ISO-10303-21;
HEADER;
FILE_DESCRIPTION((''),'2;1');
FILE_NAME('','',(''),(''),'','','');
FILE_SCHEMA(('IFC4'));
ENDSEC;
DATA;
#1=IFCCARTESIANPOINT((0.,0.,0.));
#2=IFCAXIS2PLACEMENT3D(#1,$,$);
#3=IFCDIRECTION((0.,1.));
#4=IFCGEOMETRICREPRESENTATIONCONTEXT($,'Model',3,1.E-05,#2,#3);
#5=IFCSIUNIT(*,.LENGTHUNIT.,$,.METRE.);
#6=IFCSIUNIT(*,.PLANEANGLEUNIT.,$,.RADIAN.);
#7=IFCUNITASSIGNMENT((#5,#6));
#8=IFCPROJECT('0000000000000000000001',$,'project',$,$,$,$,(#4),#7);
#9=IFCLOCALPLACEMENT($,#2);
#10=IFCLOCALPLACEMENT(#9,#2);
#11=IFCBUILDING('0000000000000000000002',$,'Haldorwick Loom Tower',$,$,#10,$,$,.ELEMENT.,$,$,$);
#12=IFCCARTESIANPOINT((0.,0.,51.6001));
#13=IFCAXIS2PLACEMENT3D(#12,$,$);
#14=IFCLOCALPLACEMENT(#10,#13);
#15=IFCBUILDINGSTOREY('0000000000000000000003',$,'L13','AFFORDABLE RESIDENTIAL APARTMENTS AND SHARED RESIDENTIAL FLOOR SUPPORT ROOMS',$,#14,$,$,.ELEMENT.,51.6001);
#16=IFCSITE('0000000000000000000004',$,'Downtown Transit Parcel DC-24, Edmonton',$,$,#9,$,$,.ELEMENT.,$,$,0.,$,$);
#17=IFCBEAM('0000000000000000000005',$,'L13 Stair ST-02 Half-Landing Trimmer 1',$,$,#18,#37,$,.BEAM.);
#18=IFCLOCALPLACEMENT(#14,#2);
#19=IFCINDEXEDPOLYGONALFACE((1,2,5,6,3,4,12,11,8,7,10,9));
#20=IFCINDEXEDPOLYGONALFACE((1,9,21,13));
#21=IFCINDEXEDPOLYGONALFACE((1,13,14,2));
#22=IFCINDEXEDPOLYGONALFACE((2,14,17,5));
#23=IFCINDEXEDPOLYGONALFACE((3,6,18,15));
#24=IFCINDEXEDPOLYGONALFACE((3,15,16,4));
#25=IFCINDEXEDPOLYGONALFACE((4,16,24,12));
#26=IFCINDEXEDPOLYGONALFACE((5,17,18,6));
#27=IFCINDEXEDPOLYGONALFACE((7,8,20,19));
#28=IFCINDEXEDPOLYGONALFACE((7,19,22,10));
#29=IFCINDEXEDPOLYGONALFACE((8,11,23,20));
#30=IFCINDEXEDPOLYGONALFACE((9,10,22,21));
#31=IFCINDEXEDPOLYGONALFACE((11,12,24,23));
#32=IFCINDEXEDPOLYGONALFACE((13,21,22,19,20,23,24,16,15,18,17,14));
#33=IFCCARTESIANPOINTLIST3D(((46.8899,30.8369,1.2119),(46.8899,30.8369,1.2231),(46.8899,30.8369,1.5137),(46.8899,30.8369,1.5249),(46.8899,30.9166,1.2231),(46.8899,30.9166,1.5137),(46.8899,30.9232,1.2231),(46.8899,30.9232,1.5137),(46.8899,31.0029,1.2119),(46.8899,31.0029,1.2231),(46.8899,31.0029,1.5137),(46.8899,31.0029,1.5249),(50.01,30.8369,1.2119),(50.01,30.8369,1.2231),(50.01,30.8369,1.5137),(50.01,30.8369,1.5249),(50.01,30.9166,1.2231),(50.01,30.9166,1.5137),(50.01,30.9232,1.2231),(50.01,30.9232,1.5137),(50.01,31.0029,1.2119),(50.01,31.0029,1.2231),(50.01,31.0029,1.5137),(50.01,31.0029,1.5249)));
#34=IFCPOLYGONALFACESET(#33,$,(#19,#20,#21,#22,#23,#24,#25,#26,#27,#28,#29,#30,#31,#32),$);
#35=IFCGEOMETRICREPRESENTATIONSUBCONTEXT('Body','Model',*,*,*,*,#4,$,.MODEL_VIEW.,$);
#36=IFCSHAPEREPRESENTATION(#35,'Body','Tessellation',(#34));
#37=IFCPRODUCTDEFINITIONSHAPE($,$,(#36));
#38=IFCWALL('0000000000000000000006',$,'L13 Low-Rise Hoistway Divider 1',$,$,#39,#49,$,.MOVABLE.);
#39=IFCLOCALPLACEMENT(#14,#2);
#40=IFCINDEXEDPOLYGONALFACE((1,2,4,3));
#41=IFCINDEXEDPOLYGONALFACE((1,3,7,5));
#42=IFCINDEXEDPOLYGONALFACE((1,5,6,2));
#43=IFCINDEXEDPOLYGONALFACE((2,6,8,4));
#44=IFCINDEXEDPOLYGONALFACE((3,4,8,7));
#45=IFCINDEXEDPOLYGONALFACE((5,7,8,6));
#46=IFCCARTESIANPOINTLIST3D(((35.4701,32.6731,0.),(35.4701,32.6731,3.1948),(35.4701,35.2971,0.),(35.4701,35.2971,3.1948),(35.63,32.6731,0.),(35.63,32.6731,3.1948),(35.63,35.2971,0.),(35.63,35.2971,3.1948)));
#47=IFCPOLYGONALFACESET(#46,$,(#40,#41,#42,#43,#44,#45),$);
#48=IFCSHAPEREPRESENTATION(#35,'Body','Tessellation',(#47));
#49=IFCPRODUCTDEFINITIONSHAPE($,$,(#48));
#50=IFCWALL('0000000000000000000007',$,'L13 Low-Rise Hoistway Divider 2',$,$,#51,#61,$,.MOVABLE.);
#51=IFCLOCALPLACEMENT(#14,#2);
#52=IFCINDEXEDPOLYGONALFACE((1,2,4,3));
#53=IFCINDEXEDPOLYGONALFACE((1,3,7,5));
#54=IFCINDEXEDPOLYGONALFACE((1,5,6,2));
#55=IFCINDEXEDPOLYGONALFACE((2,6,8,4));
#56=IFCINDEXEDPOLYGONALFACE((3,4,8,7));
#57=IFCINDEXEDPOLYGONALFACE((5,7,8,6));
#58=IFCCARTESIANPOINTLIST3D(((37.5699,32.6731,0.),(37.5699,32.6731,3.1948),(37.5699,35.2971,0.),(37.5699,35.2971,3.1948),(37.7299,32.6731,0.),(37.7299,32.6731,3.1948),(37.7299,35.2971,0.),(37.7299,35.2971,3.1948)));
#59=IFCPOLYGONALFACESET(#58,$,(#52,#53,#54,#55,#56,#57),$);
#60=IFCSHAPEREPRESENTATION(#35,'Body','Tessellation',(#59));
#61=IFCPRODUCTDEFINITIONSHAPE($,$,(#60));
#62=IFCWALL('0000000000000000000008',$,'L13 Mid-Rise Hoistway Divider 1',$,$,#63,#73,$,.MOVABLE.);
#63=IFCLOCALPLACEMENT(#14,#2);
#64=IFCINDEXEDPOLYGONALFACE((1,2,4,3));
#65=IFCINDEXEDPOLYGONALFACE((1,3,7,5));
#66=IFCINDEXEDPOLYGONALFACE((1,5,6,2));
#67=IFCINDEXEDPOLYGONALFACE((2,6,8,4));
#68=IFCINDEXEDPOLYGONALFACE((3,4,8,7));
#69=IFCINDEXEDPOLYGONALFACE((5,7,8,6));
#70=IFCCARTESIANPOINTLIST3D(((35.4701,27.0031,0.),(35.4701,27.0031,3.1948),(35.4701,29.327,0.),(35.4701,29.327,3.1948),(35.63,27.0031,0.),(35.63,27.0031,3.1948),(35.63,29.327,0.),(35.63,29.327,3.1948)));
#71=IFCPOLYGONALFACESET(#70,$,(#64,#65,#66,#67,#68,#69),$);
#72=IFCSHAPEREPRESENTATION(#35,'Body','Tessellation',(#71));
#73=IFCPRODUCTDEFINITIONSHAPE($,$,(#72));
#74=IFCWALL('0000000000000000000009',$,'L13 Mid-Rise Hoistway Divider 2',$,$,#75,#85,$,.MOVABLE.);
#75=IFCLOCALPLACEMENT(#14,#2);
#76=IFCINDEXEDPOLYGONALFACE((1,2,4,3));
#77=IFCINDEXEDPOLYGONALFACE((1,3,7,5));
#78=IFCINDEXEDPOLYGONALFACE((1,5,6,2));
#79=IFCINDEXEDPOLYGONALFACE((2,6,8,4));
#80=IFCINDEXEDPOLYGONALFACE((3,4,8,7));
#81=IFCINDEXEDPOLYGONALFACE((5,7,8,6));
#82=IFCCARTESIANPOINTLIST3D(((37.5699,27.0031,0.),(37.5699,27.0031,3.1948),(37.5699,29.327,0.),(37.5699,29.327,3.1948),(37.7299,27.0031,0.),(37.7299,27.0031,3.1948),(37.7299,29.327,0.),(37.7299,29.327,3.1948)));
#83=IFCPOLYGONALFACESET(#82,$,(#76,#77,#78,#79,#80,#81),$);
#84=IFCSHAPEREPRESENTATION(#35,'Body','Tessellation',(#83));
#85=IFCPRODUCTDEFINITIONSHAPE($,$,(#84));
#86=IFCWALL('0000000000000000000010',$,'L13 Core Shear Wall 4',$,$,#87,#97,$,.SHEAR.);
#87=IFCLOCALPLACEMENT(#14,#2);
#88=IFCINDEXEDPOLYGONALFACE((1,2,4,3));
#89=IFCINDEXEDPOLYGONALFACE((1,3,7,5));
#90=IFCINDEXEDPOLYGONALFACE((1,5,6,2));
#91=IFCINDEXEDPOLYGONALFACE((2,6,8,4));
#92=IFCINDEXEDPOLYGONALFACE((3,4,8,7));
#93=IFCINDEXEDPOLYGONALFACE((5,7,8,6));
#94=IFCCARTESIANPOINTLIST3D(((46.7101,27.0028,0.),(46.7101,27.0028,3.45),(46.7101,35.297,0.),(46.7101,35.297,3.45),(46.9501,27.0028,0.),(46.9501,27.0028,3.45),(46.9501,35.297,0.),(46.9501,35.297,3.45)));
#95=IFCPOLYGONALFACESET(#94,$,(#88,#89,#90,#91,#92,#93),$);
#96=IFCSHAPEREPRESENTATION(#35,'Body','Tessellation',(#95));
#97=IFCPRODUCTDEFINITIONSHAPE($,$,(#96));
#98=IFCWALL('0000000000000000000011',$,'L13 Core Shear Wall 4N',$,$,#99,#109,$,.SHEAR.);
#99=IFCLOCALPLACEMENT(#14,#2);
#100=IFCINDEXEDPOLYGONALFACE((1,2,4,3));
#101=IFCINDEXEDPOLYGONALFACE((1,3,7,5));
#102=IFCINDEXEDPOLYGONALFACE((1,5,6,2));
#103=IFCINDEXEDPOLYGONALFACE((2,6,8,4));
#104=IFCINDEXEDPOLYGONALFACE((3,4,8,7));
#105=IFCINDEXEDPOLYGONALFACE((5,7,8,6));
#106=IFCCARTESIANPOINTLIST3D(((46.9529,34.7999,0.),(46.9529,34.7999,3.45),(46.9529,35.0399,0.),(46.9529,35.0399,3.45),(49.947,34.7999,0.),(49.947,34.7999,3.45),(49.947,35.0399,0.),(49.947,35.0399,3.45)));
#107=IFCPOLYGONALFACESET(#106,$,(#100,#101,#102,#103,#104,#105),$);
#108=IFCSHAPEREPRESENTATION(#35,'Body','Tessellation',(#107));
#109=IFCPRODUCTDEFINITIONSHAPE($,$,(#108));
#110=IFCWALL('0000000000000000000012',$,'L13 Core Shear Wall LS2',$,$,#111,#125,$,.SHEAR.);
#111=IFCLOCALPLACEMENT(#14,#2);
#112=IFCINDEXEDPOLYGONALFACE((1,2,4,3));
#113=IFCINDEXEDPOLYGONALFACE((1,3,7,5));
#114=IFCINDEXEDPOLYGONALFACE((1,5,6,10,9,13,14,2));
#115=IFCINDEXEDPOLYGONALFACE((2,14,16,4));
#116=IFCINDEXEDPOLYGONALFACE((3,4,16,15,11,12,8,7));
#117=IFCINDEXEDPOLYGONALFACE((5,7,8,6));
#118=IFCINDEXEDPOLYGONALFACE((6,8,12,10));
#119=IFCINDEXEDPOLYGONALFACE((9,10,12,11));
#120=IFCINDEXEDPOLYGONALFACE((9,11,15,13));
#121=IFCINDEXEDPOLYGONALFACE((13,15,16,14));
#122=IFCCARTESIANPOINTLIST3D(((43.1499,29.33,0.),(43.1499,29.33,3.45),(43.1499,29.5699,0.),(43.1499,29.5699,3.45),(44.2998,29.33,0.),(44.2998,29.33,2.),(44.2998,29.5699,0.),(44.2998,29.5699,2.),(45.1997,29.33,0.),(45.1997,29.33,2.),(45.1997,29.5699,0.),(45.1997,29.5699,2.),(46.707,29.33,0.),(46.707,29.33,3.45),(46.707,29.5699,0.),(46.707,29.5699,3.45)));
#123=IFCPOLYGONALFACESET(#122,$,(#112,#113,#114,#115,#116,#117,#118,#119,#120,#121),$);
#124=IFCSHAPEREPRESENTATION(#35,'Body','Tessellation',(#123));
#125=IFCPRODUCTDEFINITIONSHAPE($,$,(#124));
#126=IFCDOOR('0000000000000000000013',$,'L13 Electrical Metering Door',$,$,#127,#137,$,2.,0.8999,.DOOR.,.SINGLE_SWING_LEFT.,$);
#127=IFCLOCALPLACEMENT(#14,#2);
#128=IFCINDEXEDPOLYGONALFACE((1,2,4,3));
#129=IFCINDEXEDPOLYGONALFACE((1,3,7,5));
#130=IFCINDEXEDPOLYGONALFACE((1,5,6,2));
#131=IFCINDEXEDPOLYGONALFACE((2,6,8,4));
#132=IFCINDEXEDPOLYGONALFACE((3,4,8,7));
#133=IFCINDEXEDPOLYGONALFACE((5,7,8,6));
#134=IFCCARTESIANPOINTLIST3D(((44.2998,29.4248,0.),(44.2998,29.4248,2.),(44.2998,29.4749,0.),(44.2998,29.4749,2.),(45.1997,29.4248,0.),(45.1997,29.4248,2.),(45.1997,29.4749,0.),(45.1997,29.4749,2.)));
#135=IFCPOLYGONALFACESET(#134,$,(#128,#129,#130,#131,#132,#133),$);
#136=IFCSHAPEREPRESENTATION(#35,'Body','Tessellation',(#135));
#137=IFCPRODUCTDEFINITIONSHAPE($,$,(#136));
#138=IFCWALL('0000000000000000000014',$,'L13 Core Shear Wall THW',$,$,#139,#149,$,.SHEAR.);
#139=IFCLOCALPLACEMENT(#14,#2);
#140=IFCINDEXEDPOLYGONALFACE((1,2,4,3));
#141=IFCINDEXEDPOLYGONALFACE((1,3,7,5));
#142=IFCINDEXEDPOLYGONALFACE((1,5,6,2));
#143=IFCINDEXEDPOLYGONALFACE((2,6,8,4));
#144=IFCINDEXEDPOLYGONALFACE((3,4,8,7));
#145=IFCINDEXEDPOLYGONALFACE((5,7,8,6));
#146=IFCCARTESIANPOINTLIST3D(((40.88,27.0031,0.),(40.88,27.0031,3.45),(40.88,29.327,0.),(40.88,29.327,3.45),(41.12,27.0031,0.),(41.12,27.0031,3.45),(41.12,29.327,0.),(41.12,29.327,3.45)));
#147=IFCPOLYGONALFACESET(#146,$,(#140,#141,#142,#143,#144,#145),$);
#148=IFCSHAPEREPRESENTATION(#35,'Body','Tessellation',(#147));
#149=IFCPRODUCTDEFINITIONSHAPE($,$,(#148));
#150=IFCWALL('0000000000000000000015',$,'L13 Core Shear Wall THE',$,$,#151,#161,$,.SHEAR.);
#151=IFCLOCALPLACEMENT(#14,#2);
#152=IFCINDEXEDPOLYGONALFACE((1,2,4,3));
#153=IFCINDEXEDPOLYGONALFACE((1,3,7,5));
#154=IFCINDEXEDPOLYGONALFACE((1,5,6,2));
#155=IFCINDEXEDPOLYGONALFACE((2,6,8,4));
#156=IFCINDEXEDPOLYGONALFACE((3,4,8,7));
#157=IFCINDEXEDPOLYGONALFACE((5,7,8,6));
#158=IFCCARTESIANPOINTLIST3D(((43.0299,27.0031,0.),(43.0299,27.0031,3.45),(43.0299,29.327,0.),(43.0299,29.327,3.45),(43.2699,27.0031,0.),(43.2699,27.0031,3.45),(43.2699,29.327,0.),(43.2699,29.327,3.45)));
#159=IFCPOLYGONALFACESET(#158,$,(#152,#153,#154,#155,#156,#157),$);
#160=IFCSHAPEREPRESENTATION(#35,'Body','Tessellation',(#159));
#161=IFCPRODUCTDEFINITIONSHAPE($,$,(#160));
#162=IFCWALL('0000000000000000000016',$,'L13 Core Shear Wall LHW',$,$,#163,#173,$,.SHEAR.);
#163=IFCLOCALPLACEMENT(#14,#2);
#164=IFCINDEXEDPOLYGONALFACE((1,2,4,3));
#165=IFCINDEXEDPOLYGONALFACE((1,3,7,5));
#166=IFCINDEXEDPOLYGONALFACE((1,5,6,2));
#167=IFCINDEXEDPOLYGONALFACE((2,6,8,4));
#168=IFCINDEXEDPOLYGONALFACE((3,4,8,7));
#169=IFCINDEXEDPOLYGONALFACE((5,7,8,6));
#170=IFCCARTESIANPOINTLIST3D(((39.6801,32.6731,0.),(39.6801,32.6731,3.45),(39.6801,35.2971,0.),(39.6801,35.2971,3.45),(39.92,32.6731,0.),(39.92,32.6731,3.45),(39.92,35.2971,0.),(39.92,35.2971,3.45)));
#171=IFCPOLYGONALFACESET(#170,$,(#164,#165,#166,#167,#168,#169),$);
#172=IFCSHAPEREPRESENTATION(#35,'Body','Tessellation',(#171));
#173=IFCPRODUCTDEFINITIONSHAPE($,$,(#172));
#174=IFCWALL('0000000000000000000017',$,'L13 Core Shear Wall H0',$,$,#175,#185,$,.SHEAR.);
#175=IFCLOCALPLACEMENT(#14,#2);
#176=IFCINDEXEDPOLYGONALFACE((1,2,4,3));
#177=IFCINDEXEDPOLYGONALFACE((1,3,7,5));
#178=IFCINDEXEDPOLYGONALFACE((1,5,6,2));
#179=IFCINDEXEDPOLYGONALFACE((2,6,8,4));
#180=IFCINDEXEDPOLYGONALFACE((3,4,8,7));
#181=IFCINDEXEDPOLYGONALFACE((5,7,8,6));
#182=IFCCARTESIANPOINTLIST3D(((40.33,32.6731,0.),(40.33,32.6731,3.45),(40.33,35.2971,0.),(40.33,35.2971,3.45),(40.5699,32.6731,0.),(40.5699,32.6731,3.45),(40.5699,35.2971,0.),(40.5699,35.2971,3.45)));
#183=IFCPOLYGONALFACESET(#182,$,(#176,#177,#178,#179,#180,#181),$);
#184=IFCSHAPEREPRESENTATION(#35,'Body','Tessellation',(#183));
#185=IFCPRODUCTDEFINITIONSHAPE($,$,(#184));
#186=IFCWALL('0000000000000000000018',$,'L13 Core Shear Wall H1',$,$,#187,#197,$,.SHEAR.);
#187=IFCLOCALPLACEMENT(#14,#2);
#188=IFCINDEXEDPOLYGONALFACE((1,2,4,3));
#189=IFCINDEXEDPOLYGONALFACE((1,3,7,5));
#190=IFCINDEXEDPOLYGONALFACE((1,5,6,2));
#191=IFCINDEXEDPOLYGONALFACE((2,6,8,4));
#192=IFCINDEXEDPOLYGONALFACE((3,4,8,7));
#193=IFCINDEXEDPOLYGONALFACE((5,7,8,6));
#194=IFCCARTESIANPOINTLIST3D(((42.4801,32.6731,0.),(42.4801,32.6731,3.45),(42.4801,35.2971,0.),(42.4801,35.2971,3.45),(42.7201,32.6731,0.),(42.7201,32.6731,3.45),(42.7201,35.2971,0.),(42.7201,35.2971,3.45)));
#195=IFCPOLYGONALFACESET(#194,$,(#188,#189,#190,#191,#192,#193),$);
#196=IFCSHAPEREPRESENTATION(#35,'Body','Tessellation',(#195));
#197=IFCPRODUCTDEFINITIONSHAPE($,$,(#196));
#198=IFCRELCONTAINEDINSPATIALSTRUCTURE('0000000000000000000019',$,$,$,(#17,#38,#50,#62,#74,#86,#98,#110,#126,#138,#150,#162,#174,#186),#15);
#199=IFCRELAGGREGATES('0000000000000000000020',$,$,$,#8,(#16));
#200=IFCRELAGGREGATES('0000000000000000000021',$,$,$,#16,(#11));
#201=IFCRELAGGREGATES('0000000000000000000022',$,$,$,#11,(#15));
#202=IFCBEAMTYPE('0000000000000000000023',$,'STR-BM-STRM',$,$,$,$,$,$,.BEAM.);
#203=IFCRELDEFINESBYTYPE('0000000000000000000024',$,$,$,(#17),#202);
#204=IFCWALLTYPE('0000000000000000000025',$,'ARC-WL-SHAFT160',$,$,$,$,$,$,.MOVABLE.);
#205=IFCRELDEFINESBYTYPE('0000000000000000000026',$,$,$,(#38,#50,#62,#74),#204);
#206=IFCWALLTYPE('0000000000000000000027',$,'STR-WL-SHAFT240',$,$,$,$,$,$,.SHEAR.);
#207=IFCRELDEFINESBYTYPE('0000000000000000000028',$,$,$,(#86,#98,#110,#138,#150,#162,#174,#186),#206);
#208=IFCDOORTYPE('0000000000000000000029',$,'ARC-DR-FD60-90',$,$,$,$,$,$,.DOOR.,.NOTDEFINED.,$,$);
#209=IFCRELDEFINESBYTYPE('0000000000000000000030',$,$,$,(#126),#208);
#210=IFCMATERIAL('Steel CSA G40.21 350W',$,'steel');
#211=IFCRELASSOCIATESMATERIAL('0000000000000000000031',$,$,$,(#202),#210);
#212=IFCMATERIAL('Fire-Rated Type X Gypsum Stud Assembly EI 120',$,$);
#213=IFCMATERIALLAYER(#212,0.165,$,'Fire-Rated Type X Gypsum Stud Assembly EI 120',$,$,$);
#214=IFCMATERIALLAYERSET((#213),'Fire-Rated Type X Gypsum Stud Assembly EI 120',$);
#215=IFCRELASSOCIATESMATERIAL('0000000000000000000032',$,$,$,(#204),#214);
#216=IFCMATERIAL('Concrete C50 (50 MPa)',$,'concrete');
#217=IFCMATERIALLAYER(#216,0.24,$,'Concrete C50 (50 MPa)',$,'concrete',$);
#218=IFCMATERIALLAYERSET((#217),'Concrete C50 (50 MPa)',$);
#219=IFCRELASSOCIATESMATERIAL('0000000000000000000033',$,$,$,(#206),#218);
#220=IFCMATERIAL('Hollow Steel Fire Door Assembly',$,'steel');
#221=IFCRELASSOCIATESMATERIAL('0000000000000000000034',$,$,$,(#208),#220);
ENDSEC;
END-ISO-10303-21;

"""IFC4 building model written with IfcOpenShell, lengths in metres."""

from ifc_helpers import new_model, si_unit, direction, frame, frame_2d, origin, origin_2d, place, context, subcontext, project, spatial, rectangle, i_section, extrude, material, layer, layer_set, material_profile, profile_set, type_object, element, fill, save


model = new_model("IFC4")

# Units and contexts
model_context = context("Model", 3, precision=1e-05, world=origin(), true_north=direction((0.0, 1.0)))
body_context = subcontext(model_context, "Body", "Model", "MODEL_VIEW")
ifc_project = project(units=[si_unit("LENGTHUNIT", "METRE"), si_unit("PLANEANGLEUNIT", "RADIAN")], contexts=[model_context])

# Site, building, storey
site_placement = place(None, origin())
site = spatial("IfcSite", under=ifc_project, at=site_placement, Name="Downtown Transit Parcel DC-24, Edmonton", CompositionType="ELEMENT", RefElevation=0.0)
building_placement = place(site_placement, origin())
building = spatial("IfcBuilding", under=site, at=building_placement, Name="Haldorwick Loom Tower", CompositionType="ELEMENT")
storey_placement = place(building_placement, frame((0.0, 0.0, 51.6001)))
storey = spatial("IfcBuildingStorey", under=building, at=storey_placement, Name="L13", Description="AFFORDABLE RESIDENTIAL APARTMENTS AND SHARED RESIDENTIAL FLOOR SUPPORT ROOMS", CompositionType="ELEMENT", Elevation=51.6001)

# Beam
ifc_material_1 = material(Name="Steel CSA G40.21 350W", Category="steel")
ifc_material_profile_1 = material_profile(ifc_material_1, i_section(OverallWidth=0.166, OverallDepth=0.313, WebThickness=0.0066, FlangeThickness=0.0112, at=origin_2d()), Name="W310X45", Category="steel")
ifc_profile_set_1 = profile_set([ifc_material_profile_1], Name="Steel CSA G40.21 350W")
beam_type_1 = type_object("IfcBeamType", Name="STR-BM-STRM", PredefinedType="BEAM", material=ifc_profile_set_1)
for number, where, z_axis, x_axis, name in (
    (1, (46.8899, 30.9199, 1.3684), (1.0, 0.0, 0.0), (0.0, 1.0, 0.0), "L13 Stair ST-02 Half-Landing Trimmer 1"),
):
    element("IfcBeam", number, at=place(storey_placement, frame(where, z_axis=z_axis, x_axis=x_axis)), inside=storey, type_object=beam_type_1, Name=name, PredefinedType="BEAM", context=body_context, shape_type="SweptSolid", body=[
        extrude(i_section(OverallWidth=0.166, OverallDepth=0.313, WebThickness=0.0066, FlangeThickness=0.0112, at=origin_2d()), origin(), (0.0, 0.0, 1.0), 3.1201),
    ])

# Walls
ifc_material_2 = material(Name="Fire-Rated Type X Gypsum Stud Assembly EI 120")
ifc_layer_1 = layer(ifc_material_2, 0.165, Name="Fire-Rated Type X Gypsum Stud Assembly EI 120")
ifc_layer_set_1 = layer_set([ifc_layer_1], Name="Fire-Rated Type X Gypsum Stud Assembly EI 120")
wall_type_1 = type_object("IfcWallType", Name="ARC-WL-SHAFT160", PredefinedType="MOVABLE", material=ifc_layer_set_1)
for number, where, z_axis, x_axis, name in (
    (2, (35.55, 32.6731, 0.0), (0.0, 0.0, 1.0), (0.0, 1.0, 0.0), "L13 Low-Rise Hoistway Divider 1"),
    (3, (37.6499, 32.6731, 0.0), (0.0, 0.0, 1.0), (0.0, 1.0, 0.0), "L13 Low-Rise Hoistway Divider 2"),
):
    element("IfcWall", number, at=place(storey_placement, frame(where, z_axis=z_axis, x_axis=x_axis)), inside=storey, type_object=wall_type_1, Name=name, PredefinedType="MOVABLE", context=body_context, shape_type="SweptSolid", body=[
        extrude(rectangle(XDim=2.624, YDim=0.1599, at=frame_2d((1.312, 0.0))), origin(), (0.0, 0.0, 1.0), 3.1948),
    ])
for number, where, z_axis, x_axis, name in (
    (4, (35.55, 27.0029, 0.0), (0.0, 0.0, 1.0), (0.0, 1.0, 0.0), "L13 Mid-Rise Hoistway Divider 1"),
    (5, (37.6499, 27.0029, 0.0), (0.0, 0.0, 1.0), (0.0, 1.0, 0.0), "L13 Mid-Rise Hoistway Divider 2"),
):
    element("IfcWall", number, at=place(storey_placement, frame(where, z_axis=z_axis, x_axis=x_axis)), inside=storey, type_object=wall_type_1, Name=name, PredefinedType="MOVABLE", context=body_context, shape_type="SweptSolid", body=[
        extrude(rectangle(XDim=2.324, YDim=0.1599, at=frame_2d((1.1621, 0.0))), origin(), (0.0, 0.0, 1.0), 3.1948),
    ])
ifc_material_3 = material(Name="Concrete C50 (50 MPa)", Category="concrete")
ifc_layer_2 = layer(ifc_material_3, 0.24, Name="Concrete C50 (50 MPa)", Category="concrete")
ifc_layer_set_2 = layer_set([ifc_layer_2], Name="Concrete C50 (50 MPa)")
wall_type_2 = type_object("IfcWallType", Name="STR-WL-SHAFT240", PredefinedType="SHEAR", material=ifc_layer_set_2)
wall_1_placement = place(storey_placement, frame((46.8301, 27.0029, 0.0), z_axis=(0.0, 0.0, 1.0), x_axis=(0.0, 1.0, 0.0)))
element("IfcWall", 6, at=wall_1_placement, inside=storey, type_object=wall_type_2, Name="L13 Core Shear Wall 4", PredefinedType="SHEAR", context=body_context, shape_type="SweptSolid", body=[
    extrude(rectangle(XDim=8.2942, YDim=0.24, at=frame_2d((4.147, 0.0))), origin(), (0.0, 0.0, 1.0), 3.45),
])
wall_2_placement = place(storey_placement, frame((46.9529, 34.9199, 0.0), z_axis=(0.0, 0.0, 1.0), x_axis=(1.0, 0.0, 0.0)))
element("IfcWall", 7, at=wall_2_placement, inside=storey, type_object=wall_type_2, Name="L13 Core Shear Wall 4N", PredefinedType="SHEAR", context=body_context, shape_type="SweptSolid", body=[
    extrude(rectangle(XDim=2.9941, YDim=0.24, at=frame_2d((1.4971, 0.0))), origin(), (0.0, 0.0, 1.0), 3.45),
])

# Wall, opening, door
wall_3_placement = place(storey_placement, frame((43.1499, 29.45, 0.0), z_axis=(0.0, 0.0, 1.0), x_axis=(1.0, 0.0, 0.0)))
wall_3 = element("IfcWall", 8, at=wall_3_placement, inside=storey, type_object=wall_type_2, Name="L13 Core Shear Wall LS2", PredefinedType="SHEAR", context=body_context, shape_type="SweptSolid", body=[
    extrude(rectangle(XDim=3.5571, YDim=0.24, at=frame_2d((1.7786, 0.0))), origin(), (0.0, 0.0, 1.0), 3.45),
])
opening_placement = place(wall_3_placement, frame((1.1499, 0.0, 0.0)))
opening = element("IfcOpeningElement", 9, at=opening_placement, cuts=wall_3, PredefinedType="OPENING", context=body_context, shape_type="SweptSolid", body=[
    extrude(rectangle(XDim=0.8999, YDim=2.0, at=frame_2d((0.45, 1.0))), frame((0.0, 0.1299, 0.0), z_axis=(0.0, -1.0, 0.0), x_axis=(1.0, 0.0, 0.0)), (0.0, 0.0, 1.0), 0.26),
])
ifc_material_4 = material(Name="Hollow Steel Fire Door Assembly", Category="steel")
door_type = type_object("IfcDoorType", Name="ARC-DR-FD60-90", OperationType="NOTDEFINED", PredefinedType="DOOR", material=ifc_material_4)
door_placement = place(opening_placement, origin())
door = element("IfcDoor", 10, at=door_placement, inside=storey, type_object=door_type, Name="L13 Electrical Metering Door", OperationType="SINGLE_SWING_LEFT", OverallHeight=2.0, OverallWidth=0.8999, PredefinedType="DOOR", context=body_context, shape_type="SweptSolid", body=[
    extrude(rectangle(XDim=0.8999, YDim=2.0, at=frame_2d((0.45, 1.0))), frame((0.0, 0.0249, 0.0), z_axis=(0.0, -1.0, 0.0), x_axis=(1.0, 0.0, 0.0)), (0.0, 0.0, 1.0), 0.05),
])
fill(opening, door)

# Walls
for number, where, z_axis, x_axis, name in (
    (11, (41.0, 27.0029, 0.0), (0.0, 0.0, 1.0), (0.0, 1.0, 0.0), "L13 Core Shear Wall THW"),
    (12, (43.1499, 27.0029, 0.0), (0.0, 0.0, 1.0), (0.0, 1.0, 0.0), "L13 Core Shear Wall THE"),
):
    element("IfcWall", number, at=place(storey_placement, frame(where, z_axis=z_axis, x_axis=x_axis)), inside=storey, type_object=wall_type_2, Name=name, PredefinedType="SHEAR", context=body_context, shape_type="SweptSolid", body=[
        extrude(rectangle(XDim=2.324, YDim=0.24, at=frame_2d((1.1621, 0.0))), origin(), (0.0, 0.0, 1.0), 3.45),
    ])
for number, where, z_axis, x_axis, name in (
    (13, (39.8, 32.6731, 0.0), (0.0, 0.0, 1.0), (0.0, 1.0, 0.0), "L13 Core Shear Wall LHW"),
    (14, (40.45, 32.6731, 0.0), (0.0, 0.0, 1.0), (0.0, 1.0, 0.0), "L13 Core Shear Wall H0"),
    (15, (42.6001, 32.6731, 0.0), (0.0, 0.0, 1.0), (0.0, 1.0, 0.0), "L13 Core Shear Wall H1"),
):
    element("IfcWall", number, at=place(storey_placement, frame(where, z_axis=z_axis, x_axis=x_axis)), inside=storey, type_object=wall_type_2, Name=name, PredefinedType="SHEAR", context=body_context, shape_type="SweptSolid", body=[
        extrude(rectangle(XDim=2.624, YDim=0.24, at=frame_2d((1.312, 0.0))), origin(), (0.0, 0.0, 1.0), 3.45),
    ])

save(model, "model.ifc")
